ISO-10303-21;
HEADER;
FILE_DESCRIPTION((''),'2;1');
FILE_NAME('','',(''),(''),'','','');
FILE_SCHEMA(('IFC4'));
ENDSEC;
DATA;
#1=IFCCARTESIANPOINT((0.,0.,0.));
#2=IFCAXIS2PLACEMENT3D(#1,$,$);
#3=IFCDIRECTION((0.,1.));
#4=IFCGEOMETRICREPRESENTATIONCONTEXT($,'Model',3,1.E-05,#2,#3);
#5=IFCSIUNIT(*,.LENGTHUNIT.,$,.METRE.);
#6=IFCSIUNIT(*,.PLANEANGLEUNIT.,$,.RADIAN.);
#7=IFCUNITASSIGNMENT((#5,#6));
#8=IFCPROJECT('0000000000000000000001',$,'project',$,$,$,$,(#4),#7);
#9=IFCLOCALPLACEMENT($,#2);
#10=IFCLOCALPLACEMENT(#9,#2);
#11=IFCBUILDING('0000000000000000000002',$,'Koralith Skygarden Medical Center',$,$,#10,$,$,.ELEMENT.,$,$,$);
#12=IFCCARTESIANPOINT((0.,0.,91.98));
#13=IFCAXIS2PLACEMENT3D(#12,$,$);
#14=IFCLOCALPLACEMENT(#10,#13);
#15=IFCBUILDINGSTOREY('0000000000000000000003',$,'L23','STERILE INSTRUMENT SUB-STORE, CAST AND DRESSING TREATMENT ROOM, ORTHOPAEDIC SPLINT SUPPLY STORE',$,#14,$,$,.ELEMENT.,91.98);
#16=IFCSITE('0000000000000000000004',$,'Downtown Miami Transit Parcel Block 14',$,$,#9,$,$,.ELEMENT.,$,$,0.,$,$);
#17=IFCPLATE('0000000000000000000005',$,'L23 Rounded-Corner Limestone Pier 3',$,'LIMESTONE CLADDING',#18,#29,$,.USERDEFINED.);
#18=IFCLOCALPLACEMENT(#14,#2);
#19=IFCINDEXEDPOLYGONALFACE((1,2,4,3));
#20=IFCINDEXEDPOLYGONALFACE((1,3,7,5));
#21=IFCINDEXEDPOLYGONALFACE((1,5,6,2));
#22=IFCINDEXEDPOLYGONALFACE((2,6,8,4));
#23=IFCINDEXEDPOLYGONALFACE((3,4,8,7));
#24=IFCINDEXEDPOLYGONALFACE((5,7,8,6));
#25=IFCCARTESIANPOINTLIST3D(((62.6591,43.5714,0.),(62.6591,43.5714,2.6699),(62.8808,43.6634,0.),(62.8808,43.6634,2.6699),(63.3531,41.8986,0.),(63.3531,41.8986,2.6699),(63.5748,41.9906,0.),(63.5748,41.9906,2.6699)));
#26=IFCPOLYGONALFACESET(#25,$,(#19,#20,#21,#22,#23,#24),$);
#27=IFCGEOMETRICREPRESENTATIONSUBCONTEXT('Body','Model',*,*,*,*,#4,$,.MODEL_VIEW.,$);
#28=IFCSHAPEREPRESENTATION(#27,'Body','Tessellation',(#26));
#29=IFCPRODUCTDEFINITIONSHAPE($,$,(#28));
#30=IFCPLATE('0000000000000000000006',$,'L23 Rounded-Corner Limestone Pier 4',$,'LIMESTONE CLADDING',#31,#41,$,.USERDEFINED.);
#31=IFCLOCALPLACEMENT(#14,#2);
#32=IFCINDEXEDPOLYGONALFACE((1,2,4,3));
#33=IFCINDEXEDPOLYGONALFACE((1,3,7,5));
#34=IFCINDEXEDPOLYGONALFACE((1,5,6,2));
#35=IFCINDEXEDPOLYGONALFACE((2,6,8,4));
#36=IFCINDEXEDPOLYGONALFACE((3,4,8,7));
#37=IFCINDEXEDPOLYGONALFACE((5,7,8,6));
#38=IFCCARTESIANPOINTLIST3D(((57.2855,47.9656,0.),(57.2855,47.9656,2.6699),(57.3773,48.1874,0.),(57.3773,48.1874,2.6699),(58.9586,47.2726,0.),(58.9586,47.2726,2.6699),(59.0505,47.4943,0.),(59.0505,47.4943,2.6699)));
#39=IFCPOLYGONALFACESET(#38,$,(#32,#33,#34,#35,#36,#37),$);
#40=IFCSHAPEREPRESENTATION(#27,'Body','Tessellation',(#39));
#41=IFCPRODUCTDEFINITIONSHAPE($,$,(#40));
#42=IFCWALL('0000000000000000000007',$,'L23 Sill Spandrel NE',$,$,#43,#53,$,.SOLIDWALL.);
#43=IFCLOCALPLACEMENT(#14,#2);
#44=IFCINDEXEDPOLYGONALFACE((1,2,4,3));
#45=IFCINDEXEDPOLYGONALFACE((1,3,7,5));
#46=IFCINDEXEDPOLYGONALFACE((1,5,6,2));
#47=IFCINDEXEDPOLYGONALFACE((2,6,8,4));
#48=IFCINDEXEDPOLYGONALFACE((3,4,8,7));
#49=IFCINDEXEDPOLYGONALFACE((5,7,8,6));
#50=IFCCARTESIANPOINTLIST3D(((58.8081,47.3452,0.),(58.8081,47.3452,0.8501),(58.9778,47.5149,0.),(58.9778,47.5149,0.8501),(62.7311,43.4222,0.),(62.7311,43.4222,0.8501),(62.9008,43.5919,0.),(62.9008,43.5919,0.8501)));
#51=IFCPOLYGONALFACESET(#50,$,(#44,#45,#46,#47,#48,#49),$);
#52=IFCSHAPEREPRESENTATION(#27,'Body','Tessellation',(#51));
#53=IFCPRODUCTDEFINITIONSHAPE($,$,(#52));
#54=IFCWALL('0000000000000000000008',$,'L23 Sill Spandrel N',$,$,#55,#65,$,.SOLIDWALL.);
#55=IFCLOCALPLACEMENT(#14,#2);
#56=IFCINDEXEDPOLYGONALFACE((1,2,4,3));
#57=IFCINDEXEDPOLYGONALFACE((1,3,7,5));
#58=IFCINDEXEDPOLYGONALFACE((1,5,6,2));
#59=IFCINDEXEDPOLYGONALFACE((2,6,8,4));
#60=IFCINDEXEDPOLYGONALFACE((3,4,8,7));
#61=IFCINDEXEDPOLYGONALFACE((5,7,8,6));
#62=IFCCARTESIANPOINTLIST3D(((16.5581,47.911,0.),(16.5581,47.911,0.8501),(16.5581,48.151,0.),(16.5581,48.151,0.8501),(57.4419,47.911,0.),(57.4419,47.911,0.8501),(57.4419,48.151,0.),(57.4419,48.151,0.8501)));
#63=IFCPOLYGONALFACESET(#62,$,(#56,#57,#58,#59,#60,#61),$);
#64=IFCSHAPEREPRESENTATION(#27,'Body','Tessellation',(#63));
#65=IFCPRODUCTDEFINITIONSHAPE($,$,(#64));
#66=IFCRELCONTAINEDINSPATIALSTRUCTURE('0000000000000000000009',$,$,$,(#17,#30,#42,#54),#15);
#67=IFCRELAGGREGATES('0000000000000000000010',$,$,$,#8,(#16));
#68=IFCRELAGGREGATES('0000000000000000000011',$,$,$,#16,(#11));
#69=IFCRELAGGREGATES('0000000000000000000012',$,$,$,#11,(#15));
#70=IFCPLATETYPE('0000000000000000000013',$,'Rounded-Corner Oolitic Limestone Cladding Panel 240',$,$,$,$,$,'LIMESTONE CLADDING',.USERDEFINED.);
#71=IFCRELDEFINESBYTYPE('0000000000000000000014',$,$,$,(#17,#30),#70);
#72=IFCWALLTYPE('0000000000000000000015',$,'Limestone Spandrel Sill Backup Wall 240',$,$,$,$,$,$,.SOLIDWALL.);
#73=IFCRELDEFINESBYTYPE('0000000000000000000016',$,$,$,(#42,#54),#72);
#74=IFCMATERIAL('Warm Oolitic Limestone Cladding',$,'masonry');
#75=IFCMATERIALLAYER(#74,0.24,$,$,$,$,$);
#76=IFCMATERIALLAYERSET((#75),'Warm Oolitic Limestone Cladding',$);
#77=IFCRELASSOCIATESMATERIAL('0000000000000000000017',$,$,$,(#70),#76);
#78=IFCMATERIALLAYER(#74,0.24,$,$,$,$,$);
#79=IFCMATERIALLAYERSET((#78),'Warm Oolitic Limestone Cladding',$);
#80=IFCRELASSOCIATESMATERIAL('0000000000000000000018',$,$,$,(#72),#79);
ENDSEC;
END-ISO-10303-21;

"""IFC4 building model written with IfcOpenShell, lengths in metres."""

from ifc_helpers import new_model, si_unit, direction, frame, frame_2d, origin, origin_2d, place, context, subcontext, project, spatial, rectangle, extrude, material, layer, layer_set, type_object, element, save


model = new_model("IFC4")

# Units and contexts
model_context = context("Model", 3, precision=1e-05, world=origin(), true_north=direction((0.0, 1.0)))
body_context = subcontext(model_context, "Body", "Model", "MODEL_VIEW")
ifc_project = project(units=[si_unit("LENGTHUNIT", "METRE"), si_unit("PLANEANGLEUNIT", "RADIAN")], contexts=[model_context])

# Site, building, storey
site_placement = place(None, origin())
site = spatial("IfcSite", under=ifc_project, at=site_placement, Name="Downtown Miami Transit Parcel Block 14", CompositionType="ELEMENT", RefElevation=0.0)
building_placement = place(site_placement, origin())
building = spatial("IfcBuilding", under=site, at=building_placement, Name="Koralith Skygarden Medical Center", CompositionType="ELEMENT")
storey_placement = place(building_placement, frame((0.0, 0.0, 91.98)))
storey = spatial("IfcBuildingStorey", under=building, at=storey_placement, Name="L23", Description="STERILE INSTRUMENT SUB-STORE, CAST AND DRESSING TREATMENT ROOM, ORTHOPAEDIC SPLINT SUPPLY STORE", CompositionType="ELEMENT", Elevation=91.98)

# Plates
ifc_material_1 = material(Name="Warm Oolitic Limestone Cladding", Category="masonry")
ifc_layer_1 = layer(ifc_material_1, 0.24)
ifc_layer_set_1 = layer_set([ifc_layer_1], Name="Warm Oolitic Limestone Cladding")
plate_type_1 = type_object("IfcPlateType", Name="Rounded-Corner Oolitic Limestone Cladding Panel 240", ElementType="LIMESTONE CLADDING", PredefinedType="USERDEFINED", material=ifc_layer_set_1)
for number, where, z_axis, x_axis, name in (
    (1, (63.1169, 42.781, 0.0), (0.0, 0.0, 1.0), (-0.383214, 0.92366, 0.0), "L23 Rounded-Corner Limestone Pier 3"),
    (2, (58.168, 47.73, 0.0), (0.0, 0.0, 1.0), (-0.923885, 0.382671, 0.0), "L23 Rounded-Corner Limestone Pier 4"),
):
    element("IfcPlate", number, at=place(storey_placement, frame(where, z_axis=z_axis, x_axis=x_axis)), inside=storey, type_object=plate_type_1, Name=name, ObjectType="LIMESTONE CLADDING", PredefinedType="USERDEFINED", context=body_context, shape_type="SweptSolid", body=[
        extrude(rectangle(XDim=1.811, YDim=0.24, at=origin_2d()), origin(), (0.0, 0.0, 1.0), 2.6699),
    ])

# Walls
ifc_layer_2 = layer(ifc_material_1, 0.24)
ifc_layer_set_2 = layer_set([ifc_layer_2], Name="Warm Oolitic Limestone Cladding")
wall_type = type_object("IfcWallType", Name="Limestone Spandrel Sill Backup Wall 240", PredefinedType="SOLIDWALL", material=ifc_layer_set_2)
wall_1_placement = place(storey_placement, frame((62.8159, 43.5071, 0.0), z_axis=(0.0, 0.0, 1.0), x_axis=(-0.707107, 0.707107, 0.0)))
element("IfcWall", 3, at=wall_1_placement, inside=storey, type_object=wall_type, Name="L23 Sill Spandrel NE", PredefinedType="SOLIDWALL", context=body_context, shape_type="SweptSolid", body=[
    extrude(rectangle(XDim=5.5479, YDim=0.24, at=frame_2d((2.7739, 0.0))), origin(), (0.0, 0.0, 1.0), 0.8501),
])
wall_2_placement = place(storey_placement, frame((57.4419, 48.031, 0.0), z_axis=(0.0, 0.0, 1.0), x_axis=(-1.0, 0.0, 0.0)))
element("IfcWall", 4, at=wall_2_placement, inside=storey, type_object=wall_type, Name="L23 Sill Spandrel N", PredefinedType="SOLIDWALL", context=body_context, shape_type="SweptSolid", body=[
    extrude(rectangle(XDim=40.8838, YDim=0.24, at=frame_2d((20.4419, 0.0))), origin(), (0.0, 0.0, 1.0), 0.8501),
])

save(model, "model.ifc")
